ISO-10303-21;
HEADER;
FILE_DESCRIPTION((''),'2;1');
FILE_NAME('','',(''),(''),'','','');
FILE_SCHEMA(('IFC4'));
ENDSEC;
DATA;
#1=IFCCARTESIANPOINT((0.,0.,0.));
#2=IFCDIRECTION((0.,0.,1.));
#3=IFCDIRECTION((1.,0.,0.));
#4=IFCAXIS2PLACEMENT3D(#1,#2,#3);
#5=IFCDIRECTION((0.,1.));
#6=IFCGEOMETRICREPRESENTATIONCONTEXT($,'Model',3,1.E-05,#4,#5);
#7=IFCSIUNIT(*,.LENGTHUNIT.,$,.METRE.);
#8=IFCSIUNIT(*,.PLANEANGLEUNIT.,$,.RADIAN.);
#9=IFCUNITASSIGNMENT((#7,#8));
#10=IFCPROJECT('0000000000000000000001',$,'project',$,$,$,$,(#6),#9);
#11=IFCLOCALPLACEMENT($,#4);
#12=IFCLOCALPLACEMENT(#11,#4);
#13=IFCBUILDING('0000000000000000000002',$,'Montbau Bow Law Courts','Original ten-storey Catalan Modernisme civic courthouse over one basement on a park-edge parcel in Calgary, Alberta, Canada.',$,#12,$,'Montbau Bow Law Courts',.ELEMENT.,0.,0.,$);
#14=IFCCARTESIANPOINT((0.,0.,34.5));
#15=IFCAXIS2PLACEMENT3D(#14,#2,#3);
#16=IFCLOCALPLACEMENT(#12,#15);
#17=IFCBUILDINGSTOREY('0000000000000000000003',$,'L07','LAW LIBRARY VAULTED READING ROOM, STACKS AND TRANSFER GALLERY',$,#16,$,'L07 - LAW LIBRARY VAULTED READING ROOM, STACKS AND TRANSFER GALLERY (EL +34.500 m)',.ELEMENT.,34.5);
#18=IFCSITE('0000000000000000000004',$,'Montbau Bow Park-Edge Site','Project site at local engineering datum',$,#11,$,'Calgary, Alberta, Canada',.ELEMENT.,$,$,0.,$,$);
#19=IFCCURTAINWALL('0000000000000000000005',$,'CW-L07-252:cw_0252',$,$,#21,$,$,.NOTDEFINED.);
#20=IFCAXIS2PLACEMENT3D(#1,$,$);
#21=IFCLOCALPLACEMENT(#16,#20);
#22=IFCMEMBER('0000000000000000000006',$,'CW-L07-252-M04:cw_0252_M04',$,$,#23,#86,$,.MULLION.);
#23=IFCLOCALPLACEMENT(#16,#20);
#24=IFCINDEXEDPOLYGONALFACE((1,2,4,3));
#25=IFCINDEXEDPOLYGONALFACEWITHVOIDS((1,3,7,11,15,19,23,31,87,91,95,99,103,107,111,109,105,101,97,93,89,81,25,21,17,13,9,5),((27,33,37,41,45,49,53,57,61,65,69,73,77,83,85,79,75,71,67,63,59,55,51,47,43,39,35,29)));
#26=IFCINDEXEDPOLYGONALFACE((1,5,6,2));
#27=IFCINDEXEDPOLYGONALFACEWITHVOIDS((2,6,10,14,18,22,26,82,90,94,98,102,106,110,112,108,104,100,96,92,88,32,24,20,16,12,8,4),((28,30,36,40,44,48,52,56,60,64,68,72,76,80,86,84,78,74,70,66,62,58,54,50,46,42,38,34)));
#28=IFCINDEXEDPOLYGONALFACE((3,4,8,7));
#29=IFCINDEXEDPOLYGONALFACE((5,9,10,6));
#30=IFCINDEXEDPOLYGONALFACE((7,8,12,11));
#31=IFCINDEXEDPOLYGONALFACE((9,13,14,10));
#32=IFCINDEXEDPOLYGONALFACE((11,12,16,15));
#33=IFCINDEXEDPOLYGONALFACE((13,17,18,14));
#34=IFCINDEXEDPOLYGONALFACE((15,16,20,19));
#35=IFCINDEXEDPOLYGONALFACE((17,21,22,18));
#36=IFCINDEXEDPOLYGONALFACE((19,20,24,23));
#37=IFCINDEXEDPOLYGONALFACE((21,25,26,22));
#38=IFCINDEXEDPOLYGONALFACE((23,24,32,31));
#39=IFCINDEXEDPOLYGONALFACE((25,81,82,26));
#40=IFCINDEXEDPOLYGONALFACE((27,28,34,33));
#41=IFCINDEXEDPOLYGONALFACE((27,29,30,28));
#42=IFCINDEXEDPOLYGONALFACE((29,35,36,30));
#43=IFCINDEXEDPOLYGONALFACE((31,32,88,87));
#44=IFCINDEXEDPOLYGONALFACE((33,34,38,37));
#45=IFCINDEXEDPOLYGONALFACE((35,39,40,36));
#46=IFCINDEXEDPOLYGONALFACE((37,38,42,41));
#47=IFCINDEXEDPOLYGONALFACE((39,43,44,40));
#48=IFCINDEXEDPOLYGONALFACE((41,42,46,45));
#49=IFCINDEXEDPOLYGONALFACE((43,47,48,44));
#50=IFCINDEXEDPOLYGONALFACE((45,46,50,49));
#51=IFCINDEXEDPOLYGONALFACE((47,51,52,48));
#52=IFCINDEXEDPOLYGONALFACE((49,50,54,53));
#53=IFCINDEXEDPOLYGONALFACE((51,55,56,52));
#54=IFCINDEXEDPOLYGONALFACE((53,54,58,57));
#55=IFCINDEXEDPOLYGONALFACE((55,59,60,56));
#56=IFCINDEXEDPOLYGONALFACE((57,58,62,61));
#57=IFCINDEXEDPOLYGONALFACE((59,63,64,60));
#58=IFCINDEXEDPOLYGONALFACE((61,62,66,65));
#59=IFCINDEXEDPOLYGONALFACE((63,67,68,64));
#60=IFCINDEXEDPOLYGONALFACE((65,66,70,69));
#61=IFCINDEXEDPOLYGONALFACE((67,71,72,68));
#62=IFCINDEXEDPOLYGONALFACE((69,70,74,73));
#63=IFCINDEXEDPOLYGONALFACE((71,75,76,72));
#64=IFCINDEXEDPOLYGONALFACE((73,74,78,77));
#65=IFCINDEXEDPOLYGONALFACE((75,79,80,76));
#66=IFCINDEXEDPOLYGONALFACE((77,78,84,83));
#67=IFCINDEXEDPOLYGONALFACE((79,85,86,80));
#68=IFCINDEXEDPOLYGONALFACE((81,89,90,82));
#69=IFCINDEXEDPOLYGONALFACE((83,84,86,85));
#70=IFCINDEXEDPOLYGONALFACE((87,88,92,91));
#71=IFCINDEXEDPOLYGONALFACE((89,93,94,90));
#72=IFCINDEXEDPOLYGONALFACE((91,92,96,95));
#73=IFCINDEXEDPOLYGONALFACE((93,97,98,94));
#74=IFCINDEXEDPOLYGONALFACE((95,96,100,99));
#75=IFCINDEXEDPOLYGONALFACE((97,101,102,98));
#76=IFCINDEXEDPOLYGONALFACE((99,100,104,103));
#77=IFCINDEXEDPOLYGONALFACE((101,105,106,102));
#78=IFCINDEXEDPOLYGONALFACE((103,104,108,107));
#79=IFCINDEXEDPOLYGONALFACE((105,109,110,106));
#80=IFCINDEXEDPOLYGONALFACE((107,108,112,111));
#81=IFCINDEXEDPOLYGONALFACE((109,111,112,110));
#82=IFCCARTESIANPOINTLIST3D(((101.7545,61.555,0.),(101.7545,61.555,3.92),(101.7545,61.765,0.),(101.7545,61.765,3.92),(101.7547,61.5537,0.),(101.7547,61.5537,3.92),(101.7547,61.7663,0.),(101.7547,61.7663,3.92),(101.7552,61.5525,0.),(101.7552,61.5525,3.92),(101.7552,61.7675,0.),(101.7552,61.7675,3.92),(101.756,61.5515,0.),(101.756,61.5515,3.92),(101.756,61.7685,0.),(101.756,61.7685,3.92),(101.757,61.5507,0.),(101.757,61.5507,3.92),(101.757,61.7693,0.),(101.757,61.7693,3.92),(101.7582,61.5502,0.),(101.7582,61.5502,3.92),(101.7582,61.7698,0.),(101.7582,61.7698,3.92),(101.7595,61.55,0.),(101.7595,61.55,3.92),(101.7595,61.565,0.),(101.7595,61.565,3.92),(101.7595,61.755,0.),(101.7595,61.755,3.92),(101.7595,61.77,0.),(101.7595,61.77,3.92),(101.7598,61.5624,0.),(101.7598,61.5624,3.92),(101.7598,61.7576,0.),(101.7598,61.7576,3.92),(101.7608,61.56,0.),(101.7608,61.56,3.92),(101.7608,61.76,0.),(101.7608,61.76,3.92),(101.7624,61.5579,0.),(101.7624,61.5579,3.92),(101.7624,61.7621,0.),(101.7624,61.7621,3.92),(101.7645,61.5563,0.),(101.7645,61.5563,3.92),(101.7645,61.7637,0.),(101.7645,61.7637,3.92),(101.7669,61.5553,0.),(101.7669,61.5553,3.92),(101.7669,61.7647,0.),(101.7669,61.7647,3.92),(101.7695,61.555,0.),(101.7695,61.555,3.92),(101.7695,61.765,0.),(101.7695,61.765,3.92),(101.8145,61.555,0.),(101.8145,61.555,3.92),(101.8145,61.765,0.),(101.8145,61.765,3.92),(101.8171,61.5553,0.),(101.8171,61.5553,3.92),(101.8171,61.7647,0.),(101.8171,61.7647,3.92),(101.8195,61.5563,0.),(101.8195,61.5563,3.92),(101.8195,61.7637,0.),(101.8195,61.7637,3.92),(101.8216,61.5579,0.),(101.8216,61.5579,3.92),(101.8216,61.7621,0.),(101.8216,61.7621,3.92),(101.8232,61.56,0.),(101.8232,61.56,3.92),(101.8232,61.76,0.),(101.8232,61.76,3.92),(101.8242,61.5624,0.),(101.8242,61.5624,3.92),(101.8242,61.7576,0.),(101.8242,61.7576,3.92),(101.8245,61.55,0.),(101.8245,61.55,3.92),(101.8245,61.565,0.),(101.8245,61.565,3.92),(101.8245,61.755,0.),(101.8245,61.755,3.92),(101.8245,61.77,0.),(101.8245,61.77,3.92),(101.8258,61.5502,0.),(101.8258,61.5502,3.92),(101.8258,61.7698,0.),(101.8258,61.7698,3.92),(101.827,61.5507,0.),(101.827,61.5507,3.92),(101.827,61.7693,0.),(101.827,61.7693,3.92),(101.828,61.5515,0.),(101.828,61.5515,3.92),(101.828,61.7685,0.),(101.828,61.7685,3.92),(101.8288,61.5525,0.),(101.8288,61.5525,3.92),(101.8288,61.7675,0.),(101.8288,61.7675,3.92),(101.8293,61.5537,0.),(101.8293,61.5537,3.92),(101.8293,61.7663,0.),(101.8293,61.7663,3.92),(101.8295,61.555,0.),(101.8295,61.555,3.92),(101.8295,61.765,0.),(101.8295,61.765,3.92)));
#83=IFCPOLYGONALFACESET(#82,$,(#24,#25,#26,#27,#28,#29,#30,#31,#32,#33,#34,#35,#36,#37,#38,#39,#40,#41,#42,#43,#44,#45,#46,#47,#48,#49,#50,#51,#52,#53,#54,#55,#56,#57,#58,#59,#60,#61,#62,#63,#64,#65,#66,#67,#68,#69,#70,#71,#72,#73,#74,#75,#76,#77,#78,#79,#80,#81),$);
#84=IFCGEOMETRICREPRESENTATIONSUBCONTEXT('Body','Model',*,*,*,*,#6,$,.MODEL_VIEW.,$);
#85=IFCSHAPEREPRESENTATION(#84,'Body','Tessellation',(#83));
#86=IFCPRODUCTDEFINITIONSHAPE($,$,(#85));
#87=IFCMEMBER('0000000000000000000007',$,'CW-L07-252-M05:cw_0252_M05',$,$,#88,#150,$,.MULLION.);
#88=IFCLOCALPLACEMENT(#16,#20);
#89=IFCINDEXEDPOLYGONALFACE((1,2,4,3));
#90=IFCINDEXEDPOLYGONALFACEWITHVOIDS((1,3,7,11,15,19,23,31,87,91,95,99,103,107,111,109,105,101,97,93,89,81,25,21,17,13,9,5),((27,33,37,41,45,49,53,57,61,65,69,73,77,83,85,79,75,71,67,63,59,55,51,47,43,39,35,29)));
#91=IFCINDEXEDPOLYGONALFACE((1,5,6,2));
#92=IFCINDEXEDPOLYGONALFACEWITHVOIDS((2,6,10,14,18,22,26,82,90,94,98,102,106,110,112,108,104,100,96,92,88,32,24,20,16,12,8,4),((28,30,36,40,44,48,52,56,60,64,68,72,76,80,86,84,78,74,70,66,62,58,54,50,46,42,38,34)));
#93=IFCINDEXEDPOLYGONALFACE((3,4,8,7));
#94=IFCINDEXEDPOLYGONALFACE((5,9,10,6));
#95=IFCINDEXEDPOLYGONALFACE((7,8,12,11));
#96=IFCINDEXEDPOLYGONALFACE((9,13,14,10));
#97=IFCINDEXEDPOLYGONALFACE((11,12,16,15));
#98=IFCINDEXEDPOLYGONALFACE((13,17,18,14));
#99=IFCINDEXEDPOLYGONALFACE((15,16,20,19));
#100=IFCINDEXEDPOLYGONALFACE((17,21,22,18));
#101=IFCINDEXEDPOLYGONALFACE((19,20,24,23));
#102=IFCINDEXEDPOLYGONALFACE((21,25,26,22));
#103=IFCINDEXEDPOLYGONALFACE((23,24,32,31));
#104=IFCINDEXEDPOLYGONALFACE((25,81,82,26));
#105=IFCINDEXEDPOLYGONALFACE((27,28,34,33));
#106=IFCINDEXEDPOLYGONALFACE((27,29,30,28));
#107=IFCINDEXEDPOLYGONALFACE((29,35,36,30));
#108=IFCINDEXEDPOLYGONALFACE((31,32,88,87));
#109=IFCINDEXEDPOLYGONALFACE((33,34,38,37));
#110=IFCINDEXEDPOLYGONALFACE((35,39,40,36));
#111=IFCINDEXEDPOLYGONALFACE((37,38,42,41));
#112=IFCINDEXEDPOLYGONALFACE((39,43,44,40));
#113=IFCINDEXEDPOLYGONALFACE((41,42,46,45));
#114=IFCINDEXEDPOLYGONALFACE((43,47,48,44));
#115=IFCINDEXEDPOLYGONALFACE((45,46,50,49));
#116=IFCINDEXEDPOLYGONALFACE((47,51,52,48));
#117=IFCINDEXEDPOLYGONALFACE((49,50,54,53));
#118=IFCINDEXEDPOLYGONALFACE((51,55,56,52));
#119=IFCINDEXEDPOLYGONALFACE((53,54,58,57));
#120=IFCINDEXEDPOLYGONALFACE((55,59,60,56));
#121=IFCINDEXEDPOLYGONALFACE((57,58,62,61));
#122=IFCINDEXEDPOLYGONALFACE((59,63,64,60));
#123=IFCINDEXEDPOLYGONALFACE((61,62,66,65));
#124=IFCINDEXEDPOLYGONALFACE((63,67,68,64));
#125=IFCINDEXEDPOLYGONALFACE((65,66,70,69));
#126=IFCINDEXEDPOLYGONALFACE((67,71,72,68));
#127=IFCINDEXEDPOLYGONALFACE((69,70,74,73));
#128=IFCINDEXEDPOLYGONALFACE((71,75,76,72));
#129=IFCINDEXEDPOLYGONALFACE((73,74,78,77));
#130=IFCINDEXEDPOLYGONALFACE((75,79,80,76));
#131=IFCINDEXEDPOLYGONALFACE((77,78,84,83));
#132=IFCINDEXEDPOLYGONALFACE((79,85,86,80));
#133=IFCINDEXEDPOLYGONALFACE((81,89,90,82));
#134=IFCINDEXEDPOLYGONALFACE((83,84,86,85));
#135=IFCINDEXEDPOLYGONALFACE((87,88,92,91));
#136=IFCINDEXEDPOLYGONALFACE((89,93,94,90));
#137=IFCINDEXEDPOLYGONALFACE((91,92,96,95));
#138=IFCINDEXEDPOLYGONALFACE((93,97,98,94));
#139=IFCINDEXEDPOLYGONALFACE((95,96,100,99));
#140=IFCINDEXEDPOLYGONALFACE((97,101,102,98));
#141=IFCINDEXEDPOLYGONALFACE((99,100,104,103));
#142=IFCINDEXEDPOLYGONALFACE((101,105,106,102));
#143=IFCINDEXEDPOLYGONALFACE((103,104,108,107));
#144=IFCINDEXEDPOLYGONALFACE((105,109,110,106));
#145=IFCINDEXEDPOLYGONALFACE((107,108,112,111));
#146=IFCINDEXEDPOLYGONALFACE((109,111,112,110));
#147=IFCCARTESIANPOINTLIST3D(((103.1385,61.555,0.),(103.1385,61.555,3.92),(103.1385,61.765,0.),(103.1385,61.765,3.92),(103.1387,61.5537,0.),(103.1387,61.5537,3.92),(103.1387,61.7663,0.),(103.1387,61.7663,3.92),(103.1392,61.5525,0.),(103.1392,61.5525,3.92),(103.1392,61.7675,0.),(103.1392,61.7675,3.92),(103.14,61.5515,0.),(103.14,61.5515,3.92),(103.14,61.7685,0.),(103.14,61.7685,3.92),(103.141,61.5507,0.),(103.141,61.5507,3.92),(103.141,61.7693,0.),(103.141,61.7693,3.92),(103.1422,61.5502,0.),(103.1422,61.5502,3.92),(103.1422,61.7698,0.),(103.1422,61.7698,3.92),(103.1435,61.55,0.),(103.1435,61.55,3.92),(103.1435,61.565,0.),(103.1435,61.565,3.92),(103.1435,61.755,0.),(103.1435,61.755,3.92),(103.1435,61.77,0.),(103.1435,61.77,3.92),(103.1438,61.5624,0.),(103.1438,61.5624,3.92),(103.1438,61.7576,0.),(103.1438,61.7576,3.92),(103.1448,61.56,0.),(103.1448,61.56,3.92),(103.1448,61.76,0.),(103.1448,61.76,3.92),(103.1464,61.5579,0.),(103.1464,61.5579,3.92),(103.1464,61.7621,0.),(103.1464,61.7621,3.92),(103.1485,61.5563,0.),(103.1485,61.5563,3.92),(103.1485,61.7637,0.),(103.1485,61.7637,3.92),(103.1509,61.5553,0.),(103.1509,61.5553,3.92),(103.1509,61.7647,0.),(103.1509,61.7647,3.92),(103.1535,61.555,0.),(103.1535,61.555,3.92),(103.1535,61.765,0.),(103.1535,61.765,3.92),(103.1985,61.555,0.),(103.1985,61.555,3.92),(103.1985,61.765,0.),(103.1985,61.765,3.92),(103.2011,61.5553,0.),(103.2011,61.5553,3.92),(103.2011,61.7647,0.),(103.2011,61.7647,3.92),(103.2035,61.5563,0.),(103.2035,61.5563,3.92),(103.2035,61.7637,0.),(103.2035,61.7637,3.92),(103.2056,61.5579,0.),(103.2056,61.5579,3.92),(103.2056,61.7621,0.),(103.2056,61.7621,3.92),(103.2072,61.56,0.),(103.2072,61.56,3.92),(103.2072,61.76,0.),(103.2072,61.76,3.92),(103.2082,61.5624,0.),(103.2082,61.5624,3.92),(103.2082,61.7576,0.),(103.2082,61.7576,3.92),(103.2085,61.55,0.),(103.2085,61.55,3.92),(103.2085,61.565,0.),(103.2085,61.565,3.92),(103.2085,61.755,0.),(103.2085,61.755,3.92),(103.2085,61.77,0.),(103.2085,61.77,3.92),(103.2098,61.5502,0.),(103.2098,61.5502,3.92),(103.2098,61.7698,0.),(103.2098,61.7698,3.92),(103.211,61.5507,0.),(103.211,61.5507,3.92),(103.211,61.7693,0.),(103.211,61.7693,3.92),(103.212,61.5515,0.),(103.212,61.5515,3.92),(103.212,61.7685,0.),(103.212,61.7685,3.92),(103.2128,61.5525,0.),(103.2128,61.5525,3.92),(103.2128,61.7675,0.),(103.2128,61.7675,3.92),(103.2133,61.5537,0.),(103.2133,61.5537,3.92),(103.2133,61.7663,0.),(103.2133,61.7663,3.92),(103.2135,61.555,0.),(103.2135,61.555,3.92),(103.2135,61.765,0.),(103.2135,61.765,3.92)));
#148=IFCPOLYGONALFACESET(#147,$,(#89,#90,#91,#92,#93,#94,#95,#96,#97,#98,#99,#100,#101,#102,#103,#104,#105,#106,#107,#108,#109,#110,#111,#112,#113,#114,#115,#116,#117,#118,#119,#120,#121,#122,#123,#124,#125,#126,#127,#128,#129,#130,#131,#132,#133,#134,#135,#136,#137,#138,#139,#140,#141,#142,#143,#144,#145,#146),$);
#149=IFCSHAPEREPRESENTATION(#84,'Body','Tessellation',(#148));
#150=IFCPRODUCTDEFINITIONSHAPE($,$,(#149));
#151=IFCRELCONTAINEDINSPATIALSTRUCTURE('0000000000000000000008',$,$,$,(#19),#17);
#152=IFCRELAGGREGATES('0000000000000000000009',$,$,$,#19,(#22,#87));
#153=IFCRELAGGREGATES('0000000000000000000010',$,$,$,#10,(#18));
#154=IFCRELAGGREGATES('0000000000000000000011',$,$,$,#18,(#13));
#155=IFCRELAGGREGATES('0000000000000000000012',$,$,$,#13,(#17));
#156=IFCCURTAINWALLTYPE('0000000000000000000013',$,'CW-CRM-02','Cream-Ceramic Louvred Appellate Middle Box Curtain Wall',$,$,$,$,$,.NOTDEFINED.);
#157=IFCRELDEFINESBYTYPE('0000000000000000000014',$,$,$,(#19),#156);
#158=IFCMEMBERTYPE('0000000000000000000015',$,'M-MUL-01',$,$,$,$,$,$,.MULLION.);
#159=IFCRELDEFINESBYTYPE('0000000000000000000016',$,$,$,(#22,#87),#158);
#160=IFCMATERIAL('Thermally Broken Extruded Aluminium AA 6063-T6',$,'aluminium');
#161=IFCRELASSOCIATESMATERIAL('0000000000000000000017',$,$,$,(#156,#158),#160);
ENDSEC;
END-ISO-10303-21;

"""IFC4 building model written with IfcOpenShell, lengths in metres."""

from ifc_helpers import new_model, si_unit, direction, frame, origin_with_axes, origin_2d_with_axis, place, context, subcontext, project, spatial, hollow_rectangle, extrude, material, material_profile, profile_set, type_object, element, aggregate, save


model = new_model("IFC4")

# Units and contexts
model_context = context("Model", 3, precision=1e-05, world=origin_with_axes(), true_north=direction((0.0, 1.0)))
body_context = subcontext(model_context, "Body", "Model", "MODEL_VIEW")
ifc_project = project(units=[si_unit("LENGTHUNIT", "METRE"), si_unit("PLANEANGLEUNIT", "RADIAN")], contexts=[model_context])

# Site, building, storey
site_placement = place(None, origin_with_axes())
site = spatial("IfcSite", under=ifc_project, at=site_placement, Name="Montbau Bow Park-Edge Site", Description="Project site at local engineering datum", LongName="Calgary, Alberta, Canada", CompositionType="ELEMENT", RefElevation=0.0)
building_placement = place(site_placement, origin_with_axes())
building = spatial("IfcBuilding", under=site, at=building_placement, Name="Montbau Bow Law Courts", Description="Original ten-storey Catalan Modernisme civic courthouse over one basement on a park-edge parcel in Calgary, Alberta, Canada.", LongName="Montbau Bow Law Courts", CompositionType="ELEMENT", ElevationOfRefHeight=0.0, ElevationOfTerrain=0.0)
storey_placement = place(building_placement, frame((0.0, 0.0, 34.5), z_axis=(0.0, 0.0, 1.0), x_axis=(1.0, 0.0, 0.0)))
storey = spatial("IfcBuildingStorey", under=building, at=storey_placement, Name="L07", Description="LAW LIBRARY VAULTED READING ROOM, STACKS AND TRANSFER GALLERY", LongName="L07 - LAW LIBRARY VAULTED READING ROOM, STACKS AND TRANSFER GALLERY (EL +34.500 m)", CompositionType="ELEMENT", Elevation=34.5)

# Curtain wall, members
ifc_material_1 = material(Name="Thermally Broken Extruded Aluminium AA 6063-T6", Category="aluminium")
curtain_wall_type = type_object("IfcCurtainWallType", Name="CW-CRM-02", Description="Cream-Ceramic Louvred Appellate Middle Box Curtain Wall", PredefinedType="NOTDEFINED", material=ifc_material_1)
curtain_wall_1_placement = place(None, frame((97.64, 61.66, 34.5), z_axis=(0.0, 0.0, 1.0), x_axis=(1.0, 0.0, 0.0)))
curtain_wall_1 = element("IfcCurtainWall", 1, at=curtain_wall_1_placement, inside=storey, type_object=curtain_wall_type, Name="CW-L07-252:cw_0252", PredefinedType="NOTDEFINED")
ifc_material_profile_1 = material_profile(ifc_material_1, hollow_rectangle(XDim=0.075, YDim=0.22, WallThickness=0.005, InnerFilletRadius=0.01, OuterFilletRadius=0.005, at=origin_2d_with_axis()), Name="CWM-220X75", Category="Main", Priority=0)
ifc_profile_set_1 = profile_set([ifc_material_profile_1], Name="Thermally Broken Extruded Aluminium AA 6063-T6")
member_type_1 = type_object("IfcMemberType", Name="M-MUL-01", PredefinedType="MULLION", material=ifc_profile_set_1)
member_1_placement = place(None, frame((101.792, 61.66, 34.5), z_axis=(0.0, 0.0, 1.0), x_axis=(1.0, 0.0, 0.0)))
member_1 = element("IfcMember", 2, at=member_1_placement, type_object=member_type_1, Name="CW-L07-252-M04:cw_0252_M04", PredefinedType="MULLION", context=body_context, shape_type="SweptSolid", body=[
    extrude(hollow_rectangle(XDim=0.075, YDim=0.22, WallThickness=0.005, InnerFilletRadius=0.01, OuterFilletRadius=0.005, at=origin_2d_with_axis()), origin_with_axes(), (0.0, 0.0, 1.0), 3.92),
])
member_2_placement = place(None, frame((103.176, 61.66, 34.5), z_axis=(0.0, 0.0, 1.0), x_axis=(1.0, 0.0, 0.0)))
member_2 = element("IfcMember", 3, at=member_2_placement, type_object=member_type_1, Name="CW-L07-252-M05:cw_0252_M05", PredefinedType="MULLION", context=body_context, shape_type="SweptSolid", body=[
    extrude(hollow_rectangle(XDim=0.075, YDim=0.22, WallThickness=0.005, InnerFilletRadius=0.01, OuterFilletRadius=0.005, at=origin_2d_with_axis()), origin_with_axes(), (0.0, 0.0, 1.0), 3.92),
])

aggregate(curtain_wall_1, [member_1, member_2])

save(model, "model.ifc")
